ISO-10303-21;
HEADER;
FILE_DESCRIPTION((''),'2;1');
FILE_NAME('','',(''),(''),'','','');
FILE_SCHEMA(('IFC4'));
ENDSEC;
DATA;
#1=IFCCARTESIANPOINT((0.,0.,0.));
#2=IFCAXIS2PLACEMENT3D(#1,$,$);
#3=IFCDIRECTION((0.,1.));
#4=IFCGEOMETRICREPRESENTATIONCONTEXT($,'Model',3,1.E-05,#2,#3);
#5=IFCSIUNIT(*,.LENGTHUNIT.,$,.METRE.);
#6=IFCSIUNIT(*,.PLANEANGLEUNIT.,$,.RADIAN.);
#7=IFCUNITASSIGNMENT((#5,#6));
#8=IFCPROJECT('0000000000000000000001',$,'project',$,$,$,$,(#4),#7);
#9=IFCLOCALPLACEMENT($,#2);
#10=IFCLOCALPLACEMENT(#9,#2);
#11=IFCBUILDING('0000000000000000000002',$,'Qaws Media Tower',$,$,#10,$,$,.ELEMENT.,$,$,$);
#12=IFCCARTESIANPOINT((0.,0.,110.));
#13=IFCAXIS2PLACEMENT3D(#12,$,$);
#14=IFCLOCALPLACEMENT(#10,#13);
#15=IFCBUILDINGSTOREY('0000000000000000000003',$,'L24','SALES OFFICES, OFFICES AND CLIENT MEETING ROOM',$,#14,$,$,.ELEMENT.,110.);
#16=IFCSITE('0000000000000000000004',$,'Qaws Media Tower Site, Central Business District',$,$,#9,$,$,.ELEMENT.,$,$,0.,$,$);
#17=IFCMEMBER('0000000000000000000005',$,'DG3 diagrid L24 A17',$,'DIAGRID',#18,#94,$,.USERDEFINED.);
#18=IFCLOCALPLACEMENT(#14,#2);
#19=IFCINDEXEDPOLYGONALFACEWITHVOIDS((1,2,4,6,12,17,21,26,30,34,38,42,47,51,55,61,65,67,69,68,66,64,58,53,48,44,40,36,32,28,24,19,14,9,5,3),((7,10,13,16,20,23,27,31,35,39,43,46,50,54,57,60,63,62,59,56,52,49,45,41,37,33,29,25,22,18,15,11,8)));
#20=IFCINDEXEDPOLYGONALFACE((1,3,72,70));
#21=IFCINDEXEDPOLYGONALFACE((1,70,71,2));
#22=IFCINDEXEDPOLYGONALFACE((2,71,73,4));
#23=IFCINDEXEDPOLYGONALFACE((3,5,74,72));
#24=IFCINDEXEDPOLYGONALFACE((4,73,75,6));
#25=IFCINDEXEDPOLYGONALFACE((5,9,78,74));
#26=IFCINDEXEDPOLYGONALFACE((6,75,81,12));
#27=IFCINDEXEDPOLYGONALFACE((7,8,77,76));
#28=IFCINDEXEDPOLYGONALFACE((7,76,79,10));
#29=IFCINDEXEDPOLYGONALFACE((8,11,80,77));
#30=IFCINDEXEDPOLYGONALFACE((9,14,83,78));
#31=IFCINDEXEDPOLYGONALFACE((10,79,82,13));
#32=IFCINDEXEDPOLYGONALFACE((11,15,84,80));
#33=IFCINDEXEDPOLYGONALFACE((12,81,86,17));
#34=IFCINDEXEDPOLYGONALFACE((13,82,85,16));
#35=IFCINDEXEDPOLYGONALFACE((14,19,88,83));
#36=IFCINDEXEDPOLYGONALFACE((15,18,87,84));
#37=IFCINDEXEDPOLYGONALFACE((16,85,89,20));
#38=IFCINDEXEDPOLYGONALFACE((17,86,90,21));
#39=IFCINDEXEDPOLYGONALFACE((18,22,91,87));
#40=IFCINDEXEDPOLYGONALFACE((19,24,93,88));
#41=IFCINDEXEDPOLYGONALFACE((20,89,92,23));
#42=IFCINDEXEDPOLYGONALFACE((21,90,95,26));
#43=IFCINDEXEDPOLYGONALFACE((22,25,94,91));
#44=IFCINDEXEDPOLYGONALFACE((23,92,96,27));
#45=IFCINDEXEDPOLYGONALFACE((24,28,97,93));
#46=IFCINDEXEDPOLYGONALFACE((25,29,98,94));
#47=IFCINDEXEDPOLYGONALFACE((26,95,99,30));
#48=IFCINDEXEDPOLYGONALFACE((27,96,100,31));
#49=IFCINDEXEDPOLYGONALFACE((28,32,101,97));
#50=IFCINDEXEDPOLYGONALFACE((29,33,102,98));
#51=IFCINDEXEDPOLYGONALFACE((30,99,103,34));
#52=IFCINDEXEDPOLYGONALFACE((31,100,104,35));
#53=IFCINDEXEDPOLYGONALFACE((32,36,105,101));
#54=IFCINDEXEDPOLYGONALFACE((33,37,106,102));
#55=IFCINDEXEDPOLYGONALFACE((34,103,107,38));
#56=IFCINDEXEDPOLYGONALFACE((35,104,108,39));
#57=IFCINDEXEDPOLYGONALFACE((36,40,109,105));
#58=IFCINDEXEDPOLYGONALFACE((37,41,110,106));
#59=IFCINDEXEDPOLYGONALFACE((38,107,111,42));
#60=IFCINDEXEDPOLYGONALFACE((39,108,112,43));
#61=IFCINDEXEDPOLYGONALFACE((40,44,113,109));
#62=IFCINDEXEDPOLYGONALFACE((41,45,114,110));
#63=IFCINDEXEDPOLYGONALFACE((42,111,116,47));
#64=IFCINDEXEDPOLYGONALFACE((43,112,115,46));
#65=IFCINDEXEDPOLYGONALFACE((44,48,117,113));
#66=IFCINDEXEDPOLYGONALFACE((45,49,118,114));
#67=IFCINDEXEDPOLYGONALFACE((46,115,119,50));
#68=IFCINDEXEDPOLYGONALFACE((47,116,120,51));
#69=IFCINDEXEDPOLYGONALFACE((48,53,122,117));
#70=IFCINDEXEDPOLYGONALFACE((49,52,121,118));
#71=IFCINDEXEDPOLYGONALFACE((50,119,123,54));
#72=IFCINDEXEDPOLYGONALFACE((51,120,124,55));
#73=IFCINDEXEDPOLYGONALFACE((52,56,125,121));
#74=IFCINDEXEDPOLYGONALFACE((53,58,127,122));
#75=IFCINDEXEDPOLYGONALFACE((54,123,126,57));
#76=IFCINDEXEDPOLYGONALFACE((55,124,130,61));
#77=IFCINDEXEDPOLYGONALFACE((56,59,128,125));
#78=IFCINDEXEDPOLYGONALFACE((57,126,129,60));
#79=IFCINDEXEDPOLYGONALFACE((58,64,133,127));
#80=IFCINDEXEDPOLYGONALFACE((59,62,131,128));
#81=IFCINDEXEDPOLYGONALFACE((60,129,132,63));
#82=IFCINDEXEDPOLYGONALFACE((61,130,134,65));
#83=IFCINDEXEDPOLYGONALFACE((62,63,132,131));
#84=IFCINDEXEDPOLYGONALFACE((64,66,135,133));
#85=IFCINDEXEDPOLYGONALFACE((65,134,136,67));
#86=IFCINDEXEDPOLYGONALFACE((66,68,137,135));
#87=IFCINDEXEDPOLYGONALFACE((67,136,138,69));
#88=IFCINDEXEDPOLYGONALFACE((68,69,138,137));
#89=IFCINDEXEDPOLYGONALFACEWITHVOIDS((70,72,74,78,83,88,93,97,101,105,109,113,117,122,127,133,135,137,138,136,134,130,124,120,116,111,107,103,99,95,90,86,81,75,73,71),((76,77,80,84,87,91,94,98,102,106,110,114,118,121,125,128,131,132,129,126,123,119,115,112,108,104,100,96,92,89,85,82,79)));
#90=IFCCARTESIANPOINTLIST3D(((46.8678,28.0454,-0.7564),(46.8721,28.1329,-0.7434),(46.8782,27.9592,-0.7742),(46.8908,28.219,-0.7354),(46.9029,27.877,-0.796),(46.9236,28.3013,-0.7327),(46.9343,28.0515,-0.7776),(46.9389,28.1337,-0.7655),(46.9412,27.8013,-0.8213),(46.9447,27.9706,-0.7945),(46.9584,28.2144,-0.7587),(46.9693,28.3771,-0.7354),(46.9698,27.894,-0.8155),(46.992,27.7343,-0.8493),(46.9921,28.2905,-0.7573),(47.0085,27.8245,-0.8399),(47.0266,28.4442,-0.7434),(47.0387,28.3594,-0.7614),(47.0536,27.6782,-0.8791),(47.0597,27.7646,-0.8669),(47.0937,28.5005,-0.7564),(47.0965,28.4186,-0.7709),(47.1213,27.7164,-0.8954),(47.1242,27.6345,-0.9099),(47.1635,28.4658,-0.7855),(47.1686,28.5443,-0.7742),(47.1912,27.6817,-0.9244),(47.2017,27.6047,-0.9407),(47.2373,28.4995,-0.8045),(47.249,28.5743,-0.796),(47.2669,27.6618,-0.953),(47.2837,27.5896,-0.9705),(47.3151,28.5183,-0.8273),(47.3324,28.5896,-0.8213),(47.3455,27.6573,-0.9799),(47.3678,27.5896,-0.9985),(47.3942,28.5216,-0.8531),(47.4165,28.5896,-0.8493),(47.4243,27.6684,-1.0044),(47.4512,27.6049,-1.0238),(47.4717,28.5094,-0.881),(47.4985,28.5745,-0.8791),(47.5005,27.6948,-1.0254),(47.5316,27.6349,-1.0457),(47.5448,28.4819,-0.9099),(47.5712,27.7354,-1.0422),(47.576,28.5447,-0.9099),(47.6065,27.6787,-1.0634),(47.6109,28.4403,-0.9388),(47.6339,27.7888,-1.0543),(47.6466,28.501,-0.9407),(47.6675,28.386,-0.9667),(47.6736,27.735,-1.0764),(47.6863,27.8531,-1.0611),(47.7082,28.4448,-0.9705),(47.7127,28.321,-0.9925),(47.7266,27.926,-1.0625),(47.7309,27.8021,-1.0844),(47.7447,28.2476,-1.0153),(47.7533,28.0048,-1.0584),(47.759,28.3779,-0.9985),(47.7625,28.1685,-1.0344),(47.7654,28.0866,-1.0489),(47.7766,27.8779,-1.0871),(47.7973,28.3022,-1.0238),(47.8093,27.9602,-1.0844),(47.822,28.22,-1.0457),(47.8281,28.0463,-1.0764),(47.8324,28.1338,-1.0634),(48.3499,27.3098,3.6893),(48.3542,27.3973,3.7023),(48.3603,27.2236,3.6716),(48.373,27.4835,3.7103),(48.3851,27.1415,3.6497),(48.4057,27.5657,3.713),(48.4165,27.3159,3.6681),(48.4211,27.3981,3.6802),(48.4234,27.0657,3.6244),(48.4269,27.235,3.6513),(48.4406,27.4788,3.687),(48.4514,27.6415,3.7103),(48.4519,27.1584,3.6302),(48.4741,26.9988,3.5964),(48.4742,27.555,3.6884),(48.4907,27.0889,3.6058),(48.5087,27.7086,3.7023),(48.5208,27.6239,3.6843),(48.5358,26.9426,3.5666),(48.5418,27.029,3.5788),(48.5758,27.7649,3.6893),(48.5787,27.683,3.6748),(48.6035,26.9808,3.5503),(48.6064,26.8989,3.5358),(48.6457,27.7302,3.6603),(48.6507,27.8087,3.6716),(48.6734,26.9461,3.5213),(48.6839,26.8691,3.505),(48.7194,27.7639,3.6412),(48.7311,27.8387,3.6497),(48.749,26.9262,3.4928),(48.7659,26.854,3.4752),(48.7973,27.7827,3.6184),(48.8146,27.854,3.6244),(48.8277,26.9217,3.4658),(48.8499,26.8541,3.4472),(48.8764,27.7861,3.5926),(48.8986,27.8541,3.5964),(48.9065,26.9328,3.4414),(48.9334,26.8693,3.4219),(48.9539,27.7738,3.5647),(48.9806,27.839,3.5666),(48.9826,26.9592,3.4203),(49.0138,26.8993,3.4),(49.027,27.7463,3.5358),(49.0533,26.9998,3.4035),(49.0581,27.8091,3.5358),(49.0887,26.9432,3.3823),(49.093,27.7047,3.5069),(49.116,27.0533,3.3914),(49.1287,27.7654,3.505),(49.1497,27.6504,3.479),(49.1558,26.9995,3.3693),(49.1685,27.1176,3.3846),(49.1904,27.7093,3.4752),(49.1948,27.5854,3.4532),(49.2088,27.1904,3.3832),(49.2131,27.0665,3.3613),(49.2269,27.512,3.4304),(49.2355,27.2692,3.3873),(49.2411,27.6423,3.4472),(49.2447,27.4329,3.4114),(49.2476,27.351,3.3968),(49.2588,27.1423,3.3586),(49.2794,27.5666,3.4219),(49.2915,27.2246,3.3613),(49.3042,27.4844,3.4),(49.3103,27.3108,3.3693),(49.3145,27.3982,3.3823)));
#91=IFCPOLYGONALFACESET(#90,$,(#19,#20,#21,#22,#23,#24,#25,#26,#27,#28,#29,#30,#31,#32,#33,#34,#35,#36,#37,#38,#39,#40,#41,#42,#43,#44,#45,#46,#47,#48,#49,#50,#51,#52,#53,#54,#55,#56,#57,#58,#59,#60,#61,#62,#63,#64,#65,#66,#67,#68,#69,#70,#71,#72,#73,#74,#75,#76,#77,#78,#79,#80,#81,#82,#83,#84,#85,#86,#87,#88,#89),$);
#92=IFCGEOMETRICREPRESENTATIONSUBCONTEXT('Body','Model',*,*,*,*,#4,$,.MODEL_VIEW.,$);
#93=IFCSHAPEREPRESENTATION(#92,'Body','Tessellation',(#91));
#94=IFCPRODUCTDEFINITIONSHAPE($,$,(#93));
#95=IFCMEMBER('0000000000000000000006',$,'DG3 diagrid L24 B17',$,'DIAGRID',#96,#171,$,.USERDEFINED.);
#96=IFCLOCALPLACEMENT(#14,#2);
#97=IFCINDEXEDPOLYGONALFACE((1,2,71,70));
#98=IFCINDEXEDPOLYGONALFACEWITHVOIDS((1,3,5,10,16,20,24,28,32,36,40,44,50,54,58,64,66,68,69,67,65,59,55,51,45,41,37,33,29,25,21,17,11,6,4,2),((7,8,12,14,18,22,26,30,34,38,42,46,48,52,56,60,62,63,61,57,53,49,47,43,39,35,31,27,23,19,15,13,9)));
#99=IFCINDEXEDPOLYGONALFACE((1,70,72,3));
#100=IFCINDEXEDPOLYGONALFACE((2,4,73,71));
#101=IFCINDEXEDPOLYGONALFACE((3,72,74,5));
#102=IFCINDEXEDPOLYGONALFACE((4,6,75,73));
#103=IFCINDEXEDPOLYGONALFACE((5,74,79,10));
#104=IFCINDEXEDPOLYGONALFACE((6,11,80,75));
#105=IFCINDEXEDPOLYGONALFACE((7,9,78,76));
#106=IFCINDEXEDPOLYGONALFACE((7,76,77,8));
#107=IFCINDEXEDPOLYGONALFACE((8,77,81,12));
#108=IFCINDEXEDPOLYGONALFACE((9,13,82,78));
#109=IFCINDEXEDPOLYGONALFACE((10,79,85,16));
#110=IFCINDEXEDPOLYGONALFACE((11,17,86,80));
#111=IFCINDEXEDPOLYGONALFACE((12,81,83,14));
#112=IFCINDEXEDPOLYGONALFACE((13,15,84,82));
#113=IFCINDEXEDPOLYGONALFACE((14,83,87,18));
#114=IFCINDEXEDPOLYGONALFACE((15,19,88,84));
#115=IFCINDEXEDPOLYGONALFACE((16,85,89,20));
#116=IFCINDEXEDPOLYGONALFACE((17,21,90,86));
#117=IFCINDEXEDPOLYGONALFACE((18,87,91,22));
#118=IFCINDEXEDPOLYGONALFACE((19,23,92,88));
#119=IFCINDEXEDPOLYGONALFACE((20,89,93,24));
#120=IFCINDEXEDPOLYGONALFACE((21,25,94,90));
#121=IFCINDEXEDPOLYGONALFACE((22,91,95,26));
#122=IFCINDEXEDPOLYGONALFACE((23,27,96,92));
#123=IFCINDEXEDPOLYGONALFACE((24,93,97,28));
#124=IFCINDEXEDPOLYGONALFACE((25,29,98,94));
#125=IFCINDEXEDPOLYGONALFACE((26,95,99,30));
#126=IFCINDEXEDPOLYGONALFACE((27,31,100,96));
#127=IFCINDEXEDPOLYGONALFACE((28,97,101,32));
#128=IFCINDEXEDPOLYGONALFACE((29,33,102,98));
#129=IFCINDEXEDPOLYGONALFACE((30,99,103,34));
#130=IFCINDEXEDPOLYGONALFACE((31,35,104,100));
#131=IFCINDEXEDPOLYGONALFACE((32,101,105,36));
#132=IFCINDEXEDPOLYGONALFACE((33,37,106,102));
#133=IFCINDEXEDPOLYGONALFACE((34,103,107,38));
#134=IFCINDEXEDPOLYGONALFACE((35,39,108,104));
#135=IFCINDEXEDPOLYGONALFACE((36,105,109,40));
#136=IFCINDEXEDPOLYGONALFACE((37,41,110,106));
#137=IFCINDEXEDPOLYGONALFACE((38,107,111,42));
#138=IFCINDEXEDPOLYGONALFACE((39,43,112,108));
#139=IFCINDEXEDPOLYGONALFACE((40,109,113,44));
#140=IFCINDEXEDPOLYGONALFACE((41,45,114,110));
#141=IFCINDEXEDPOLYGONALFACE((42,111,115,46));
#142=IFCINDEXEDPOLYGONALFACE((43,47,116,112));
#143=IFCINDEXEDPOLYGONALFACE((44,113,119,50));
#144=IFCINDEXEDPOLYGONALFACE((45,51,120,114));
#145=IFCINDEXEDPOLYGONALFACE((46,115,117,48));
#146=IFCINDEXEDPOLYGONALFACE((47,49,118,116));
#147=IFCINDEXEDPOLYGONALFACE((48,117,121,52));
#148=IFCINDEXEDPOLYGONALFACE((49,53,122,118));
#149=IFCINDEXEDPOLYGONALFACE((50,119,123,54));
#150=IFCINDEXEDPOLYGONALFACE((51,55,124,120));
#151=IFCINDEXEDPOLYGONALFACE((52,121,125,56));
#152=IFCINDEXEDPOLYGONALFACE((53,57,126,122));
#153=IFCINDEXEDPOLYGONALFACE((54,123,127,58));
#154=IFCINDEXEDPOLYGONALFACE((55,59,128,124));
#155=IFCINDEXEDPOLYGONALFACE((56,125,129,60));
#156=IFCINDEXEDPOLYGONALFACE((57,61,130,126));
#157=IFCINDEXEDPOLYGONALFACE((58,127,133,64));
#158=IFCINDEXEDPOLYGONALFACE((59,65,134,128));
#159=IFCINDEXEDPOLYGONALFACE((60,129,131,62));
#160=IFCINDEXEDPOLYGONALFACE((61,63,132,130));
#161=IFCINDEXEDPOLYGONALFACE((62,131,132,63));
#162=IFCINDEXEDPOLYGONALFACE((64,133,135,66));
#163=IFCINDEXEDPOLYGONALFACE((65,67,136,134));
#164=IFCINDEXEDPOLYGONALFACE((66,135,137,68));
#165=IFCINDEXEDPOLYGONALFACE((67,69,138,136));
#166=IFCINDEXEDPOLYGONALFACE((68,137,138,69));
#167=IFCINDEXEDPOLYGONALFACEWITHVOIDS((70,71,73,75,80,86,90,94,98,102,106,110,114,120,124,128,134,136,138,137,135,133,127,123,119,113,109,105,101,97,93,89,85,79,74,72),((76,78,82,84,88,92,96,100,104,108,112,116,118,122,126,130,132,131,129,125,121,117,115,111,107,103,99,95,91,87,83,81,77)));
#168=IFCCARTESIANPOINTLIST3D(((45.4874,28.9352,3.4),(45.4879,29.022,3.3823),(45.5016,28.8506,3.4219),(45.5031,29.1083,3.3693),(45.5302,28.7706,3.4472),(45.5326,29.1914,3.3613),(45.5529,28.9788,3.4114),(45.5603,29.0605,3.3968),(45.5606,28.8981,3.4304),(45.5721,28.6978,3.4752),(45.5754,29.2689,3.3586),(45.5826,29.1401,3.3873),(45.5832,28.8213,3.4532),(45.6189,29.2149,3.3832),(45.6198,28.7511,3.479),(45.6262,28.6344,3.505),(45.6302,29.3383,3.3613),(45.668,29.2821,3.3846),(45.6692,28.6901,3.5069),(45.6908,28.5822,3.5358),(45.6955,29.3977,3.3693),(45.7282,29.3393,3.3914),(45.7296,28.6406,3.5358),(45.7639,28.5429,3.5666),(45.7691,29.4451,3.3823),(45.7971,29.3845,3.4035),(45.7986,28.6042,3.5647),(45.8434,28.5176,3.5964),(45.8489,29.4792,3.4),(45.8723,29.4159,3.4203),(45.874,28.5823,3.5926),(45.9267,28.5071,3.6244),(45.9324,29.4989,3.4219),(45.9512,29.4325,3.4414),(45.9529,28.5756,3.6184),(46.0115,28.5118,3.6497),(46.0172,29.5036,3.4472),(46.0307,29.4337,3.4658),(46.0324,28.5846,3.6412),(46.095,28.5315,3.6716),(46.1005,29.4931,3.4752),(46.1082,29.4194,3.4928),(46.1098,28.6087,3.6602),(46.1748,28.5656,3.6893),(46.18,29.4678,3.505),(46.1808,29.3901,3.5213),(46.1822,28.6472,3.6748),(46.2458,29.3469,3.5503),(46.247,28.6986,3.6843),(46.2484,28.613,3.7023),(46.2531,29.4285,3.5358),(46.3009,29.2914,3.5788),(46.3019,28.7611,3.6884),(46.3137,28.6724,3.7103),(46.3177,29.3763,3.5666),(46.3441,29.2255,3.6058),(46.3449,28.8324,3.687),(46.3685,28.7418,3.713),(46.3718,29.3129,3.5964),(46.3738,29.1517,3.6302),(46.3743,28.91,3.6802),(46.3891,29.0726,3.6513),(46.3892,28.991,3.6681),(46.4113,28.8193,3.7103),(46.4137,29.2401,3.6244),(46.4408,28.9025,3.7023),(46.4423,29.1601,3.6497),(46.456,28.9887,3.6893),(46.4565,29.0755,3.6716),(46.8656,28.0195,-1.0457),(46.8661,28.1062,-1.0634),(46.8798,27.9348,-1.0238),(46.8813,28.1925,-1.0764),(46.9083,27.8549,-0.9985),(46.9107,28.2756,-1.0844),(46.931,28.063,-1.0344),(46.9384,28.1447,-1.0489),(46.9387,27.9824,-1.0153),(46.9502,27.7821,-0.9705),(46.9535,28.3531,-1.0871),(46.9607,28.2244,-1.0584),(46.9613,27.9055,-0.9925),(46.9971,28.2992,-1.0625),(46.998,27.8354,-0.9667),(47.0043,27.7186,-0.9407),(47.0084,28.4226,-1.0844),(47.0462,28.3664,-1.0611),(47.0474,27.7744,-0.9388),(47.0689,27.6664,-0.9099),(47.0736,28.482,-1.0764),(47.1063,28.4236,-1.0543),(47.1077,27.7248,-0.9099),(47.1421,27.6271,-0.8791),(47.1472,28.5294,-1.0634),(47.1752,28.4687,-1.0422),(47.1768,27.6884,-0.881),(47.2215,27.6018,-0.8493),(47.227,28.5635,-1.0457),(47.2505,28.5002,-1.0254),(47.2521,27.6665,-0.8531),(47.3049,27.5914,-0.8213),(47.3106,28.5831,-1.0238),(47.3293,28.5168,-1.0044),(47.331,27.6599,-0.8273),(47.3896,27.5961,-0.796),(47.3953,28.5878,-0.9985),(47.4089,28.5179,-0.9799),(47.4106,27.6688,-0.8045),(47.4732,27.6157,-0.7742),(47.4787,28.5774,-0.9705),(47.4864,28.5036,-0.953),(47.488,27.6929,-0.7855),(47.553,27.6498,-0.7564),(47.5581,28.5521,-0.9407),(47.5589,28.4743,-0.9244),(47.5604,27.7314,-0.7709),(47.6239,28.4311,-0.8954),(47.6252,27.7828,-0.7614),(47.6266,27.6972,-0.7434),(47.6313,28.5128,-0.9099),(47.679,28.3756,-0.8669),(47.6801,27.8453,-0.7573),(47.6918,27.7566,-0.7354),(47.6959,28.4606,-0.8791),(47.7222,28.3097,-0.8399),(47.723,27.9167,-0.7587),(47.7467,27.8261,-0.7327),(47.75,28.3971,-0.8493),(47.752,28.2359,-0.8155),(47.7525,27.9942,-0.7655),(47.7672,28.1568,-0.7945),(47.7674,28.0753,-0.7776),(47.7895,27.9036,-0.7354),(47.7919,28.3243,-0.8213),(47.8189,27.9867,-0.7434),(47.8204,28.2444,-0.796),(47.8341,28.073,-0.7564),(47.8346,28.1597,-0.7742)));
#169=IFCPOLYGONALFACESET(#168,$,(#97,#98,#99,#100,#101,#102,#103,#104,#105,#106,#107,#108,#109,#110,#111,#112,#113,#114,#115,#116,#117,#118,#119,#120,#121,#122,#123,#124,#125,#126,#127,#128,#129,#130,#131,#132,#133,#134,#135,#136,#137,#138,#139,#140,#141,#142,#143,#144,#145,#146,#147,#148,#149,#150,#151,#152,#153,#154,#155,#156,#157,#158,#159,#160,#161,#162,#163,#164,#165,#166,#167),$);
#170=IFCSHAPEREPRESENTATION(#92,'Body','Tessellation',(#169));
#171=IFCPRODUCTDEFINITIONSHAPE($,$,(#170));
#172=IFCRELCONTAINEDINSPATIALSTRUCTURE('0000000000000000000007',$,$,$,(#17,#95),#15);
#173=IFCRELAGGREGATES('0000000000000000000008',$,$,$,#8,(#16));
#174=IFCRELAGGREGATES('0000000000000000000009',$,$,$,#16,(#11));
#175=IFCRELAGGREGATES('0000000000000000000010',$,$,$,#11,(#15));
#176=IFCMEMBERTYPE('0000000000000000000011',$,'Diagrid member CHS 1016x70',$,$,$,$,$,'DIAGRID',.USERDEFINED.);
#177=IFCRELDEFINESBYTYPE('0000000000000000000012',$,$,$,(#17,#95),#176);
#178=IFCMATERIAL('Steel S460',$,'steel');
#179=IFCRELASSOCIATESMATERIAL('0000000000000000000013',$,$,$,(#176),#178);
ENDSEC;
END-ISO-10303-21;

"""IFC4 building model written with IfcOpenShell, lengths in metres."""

from ifc_helpers import new_model, si_unit, direction, frame, origin, origin_2d, place, context, subcontext, project, spatial, hollow_circle, extrude, material, material_profile, profile_set, type_object, element, save


model = new_model("IFC4")

# Units and contexts
model_context = context("Model", 3, precision=1e-05, world=origin(), true_north=direction((0.0, 1.0)))
body_context = subcontext(model_context, "Body", "Model", "MODEL_VIEW")
ifc_project = project(units=[si_unit("LENGTHUNIT", "METRE"), si_unit("PLANEANGLEUNIT", "RADIAN")], contexts=[model_context])

# Site, building, storey
site_placement = place(None, origin())
site = spatial("IfcSite", under=ifc_project, at=site_placement, Name="Qaws Media Tower Site, Central Business District", CompositionType="ELEMENT", RefElevation=0.0)
building_placement = place(site_placement, origin())
building = spatial("IfcBuilding", under=site, at=building_placement, Name="Qaws Media Tower", CompositionType="ELEMENT")
storey_placement = place(building_placement, frame((0.0, 0.0, 110.0)))
storey = spatial("IfcBuildingStorey", under=building, at=storey_placement, Name="L24", Description="SALES OFFICES, OFFICES AND CLIENT MEETING ROOM", CompositionType="ELEMENT", Elevation=110.0)

# Members
ifc_material_1 = material(Name="Steel S460", Category="steel")
ifc_material_profile_1 = material_profile(ifc_material_1, hollow_circle(Radius=0.5081, WallThickness=0.0701, at=origin_2d()), Name="CHS 1016x70")
ifc_profile_set_1 = profile_set([ifc_material_profile_1], Name="Steel S460")
member_type_1 = type_object("IfcMemberType", Name="Diagrid member CHS 1016x70", ElementType="DIAGRID", PredefinedType="USERDEFINED", material=ifc_profile_set_1)
for number, where, z_axis, x_axis, name in (
    (1, (47.3501, 28.0896, -0.9099), (0.312449, -0.155067, 0.937193), (0.444556, 0.895751, 0.0), "DG3 diagrid L24 A17"),
    (2, (47.3501, 28.0896, -0.9099), (-0.290524, 0.193048, 0.937192), (-0.55344, -0.832889, 0.0), "DG3 diagrid L24 B17"),
):
    element("IfcMember", number, at=place(storey_placement, frame(where, z_axis=z_axis, x_axis=x_axis)), inside=storey, type_object=member_type_1, Name=name, ObjectType="DIAGRID", PredefinedType="USERDEFINED", context=body_context, shape_type="SweptSolid", body=[
        extrude(hollow_circle(Radius=0.5081, WallThickness=0.0701, at=origin_2d()), origin(), (0.0, 0.0, 1.0), 4.7437),
    ])

save(model, "model.ifc")
